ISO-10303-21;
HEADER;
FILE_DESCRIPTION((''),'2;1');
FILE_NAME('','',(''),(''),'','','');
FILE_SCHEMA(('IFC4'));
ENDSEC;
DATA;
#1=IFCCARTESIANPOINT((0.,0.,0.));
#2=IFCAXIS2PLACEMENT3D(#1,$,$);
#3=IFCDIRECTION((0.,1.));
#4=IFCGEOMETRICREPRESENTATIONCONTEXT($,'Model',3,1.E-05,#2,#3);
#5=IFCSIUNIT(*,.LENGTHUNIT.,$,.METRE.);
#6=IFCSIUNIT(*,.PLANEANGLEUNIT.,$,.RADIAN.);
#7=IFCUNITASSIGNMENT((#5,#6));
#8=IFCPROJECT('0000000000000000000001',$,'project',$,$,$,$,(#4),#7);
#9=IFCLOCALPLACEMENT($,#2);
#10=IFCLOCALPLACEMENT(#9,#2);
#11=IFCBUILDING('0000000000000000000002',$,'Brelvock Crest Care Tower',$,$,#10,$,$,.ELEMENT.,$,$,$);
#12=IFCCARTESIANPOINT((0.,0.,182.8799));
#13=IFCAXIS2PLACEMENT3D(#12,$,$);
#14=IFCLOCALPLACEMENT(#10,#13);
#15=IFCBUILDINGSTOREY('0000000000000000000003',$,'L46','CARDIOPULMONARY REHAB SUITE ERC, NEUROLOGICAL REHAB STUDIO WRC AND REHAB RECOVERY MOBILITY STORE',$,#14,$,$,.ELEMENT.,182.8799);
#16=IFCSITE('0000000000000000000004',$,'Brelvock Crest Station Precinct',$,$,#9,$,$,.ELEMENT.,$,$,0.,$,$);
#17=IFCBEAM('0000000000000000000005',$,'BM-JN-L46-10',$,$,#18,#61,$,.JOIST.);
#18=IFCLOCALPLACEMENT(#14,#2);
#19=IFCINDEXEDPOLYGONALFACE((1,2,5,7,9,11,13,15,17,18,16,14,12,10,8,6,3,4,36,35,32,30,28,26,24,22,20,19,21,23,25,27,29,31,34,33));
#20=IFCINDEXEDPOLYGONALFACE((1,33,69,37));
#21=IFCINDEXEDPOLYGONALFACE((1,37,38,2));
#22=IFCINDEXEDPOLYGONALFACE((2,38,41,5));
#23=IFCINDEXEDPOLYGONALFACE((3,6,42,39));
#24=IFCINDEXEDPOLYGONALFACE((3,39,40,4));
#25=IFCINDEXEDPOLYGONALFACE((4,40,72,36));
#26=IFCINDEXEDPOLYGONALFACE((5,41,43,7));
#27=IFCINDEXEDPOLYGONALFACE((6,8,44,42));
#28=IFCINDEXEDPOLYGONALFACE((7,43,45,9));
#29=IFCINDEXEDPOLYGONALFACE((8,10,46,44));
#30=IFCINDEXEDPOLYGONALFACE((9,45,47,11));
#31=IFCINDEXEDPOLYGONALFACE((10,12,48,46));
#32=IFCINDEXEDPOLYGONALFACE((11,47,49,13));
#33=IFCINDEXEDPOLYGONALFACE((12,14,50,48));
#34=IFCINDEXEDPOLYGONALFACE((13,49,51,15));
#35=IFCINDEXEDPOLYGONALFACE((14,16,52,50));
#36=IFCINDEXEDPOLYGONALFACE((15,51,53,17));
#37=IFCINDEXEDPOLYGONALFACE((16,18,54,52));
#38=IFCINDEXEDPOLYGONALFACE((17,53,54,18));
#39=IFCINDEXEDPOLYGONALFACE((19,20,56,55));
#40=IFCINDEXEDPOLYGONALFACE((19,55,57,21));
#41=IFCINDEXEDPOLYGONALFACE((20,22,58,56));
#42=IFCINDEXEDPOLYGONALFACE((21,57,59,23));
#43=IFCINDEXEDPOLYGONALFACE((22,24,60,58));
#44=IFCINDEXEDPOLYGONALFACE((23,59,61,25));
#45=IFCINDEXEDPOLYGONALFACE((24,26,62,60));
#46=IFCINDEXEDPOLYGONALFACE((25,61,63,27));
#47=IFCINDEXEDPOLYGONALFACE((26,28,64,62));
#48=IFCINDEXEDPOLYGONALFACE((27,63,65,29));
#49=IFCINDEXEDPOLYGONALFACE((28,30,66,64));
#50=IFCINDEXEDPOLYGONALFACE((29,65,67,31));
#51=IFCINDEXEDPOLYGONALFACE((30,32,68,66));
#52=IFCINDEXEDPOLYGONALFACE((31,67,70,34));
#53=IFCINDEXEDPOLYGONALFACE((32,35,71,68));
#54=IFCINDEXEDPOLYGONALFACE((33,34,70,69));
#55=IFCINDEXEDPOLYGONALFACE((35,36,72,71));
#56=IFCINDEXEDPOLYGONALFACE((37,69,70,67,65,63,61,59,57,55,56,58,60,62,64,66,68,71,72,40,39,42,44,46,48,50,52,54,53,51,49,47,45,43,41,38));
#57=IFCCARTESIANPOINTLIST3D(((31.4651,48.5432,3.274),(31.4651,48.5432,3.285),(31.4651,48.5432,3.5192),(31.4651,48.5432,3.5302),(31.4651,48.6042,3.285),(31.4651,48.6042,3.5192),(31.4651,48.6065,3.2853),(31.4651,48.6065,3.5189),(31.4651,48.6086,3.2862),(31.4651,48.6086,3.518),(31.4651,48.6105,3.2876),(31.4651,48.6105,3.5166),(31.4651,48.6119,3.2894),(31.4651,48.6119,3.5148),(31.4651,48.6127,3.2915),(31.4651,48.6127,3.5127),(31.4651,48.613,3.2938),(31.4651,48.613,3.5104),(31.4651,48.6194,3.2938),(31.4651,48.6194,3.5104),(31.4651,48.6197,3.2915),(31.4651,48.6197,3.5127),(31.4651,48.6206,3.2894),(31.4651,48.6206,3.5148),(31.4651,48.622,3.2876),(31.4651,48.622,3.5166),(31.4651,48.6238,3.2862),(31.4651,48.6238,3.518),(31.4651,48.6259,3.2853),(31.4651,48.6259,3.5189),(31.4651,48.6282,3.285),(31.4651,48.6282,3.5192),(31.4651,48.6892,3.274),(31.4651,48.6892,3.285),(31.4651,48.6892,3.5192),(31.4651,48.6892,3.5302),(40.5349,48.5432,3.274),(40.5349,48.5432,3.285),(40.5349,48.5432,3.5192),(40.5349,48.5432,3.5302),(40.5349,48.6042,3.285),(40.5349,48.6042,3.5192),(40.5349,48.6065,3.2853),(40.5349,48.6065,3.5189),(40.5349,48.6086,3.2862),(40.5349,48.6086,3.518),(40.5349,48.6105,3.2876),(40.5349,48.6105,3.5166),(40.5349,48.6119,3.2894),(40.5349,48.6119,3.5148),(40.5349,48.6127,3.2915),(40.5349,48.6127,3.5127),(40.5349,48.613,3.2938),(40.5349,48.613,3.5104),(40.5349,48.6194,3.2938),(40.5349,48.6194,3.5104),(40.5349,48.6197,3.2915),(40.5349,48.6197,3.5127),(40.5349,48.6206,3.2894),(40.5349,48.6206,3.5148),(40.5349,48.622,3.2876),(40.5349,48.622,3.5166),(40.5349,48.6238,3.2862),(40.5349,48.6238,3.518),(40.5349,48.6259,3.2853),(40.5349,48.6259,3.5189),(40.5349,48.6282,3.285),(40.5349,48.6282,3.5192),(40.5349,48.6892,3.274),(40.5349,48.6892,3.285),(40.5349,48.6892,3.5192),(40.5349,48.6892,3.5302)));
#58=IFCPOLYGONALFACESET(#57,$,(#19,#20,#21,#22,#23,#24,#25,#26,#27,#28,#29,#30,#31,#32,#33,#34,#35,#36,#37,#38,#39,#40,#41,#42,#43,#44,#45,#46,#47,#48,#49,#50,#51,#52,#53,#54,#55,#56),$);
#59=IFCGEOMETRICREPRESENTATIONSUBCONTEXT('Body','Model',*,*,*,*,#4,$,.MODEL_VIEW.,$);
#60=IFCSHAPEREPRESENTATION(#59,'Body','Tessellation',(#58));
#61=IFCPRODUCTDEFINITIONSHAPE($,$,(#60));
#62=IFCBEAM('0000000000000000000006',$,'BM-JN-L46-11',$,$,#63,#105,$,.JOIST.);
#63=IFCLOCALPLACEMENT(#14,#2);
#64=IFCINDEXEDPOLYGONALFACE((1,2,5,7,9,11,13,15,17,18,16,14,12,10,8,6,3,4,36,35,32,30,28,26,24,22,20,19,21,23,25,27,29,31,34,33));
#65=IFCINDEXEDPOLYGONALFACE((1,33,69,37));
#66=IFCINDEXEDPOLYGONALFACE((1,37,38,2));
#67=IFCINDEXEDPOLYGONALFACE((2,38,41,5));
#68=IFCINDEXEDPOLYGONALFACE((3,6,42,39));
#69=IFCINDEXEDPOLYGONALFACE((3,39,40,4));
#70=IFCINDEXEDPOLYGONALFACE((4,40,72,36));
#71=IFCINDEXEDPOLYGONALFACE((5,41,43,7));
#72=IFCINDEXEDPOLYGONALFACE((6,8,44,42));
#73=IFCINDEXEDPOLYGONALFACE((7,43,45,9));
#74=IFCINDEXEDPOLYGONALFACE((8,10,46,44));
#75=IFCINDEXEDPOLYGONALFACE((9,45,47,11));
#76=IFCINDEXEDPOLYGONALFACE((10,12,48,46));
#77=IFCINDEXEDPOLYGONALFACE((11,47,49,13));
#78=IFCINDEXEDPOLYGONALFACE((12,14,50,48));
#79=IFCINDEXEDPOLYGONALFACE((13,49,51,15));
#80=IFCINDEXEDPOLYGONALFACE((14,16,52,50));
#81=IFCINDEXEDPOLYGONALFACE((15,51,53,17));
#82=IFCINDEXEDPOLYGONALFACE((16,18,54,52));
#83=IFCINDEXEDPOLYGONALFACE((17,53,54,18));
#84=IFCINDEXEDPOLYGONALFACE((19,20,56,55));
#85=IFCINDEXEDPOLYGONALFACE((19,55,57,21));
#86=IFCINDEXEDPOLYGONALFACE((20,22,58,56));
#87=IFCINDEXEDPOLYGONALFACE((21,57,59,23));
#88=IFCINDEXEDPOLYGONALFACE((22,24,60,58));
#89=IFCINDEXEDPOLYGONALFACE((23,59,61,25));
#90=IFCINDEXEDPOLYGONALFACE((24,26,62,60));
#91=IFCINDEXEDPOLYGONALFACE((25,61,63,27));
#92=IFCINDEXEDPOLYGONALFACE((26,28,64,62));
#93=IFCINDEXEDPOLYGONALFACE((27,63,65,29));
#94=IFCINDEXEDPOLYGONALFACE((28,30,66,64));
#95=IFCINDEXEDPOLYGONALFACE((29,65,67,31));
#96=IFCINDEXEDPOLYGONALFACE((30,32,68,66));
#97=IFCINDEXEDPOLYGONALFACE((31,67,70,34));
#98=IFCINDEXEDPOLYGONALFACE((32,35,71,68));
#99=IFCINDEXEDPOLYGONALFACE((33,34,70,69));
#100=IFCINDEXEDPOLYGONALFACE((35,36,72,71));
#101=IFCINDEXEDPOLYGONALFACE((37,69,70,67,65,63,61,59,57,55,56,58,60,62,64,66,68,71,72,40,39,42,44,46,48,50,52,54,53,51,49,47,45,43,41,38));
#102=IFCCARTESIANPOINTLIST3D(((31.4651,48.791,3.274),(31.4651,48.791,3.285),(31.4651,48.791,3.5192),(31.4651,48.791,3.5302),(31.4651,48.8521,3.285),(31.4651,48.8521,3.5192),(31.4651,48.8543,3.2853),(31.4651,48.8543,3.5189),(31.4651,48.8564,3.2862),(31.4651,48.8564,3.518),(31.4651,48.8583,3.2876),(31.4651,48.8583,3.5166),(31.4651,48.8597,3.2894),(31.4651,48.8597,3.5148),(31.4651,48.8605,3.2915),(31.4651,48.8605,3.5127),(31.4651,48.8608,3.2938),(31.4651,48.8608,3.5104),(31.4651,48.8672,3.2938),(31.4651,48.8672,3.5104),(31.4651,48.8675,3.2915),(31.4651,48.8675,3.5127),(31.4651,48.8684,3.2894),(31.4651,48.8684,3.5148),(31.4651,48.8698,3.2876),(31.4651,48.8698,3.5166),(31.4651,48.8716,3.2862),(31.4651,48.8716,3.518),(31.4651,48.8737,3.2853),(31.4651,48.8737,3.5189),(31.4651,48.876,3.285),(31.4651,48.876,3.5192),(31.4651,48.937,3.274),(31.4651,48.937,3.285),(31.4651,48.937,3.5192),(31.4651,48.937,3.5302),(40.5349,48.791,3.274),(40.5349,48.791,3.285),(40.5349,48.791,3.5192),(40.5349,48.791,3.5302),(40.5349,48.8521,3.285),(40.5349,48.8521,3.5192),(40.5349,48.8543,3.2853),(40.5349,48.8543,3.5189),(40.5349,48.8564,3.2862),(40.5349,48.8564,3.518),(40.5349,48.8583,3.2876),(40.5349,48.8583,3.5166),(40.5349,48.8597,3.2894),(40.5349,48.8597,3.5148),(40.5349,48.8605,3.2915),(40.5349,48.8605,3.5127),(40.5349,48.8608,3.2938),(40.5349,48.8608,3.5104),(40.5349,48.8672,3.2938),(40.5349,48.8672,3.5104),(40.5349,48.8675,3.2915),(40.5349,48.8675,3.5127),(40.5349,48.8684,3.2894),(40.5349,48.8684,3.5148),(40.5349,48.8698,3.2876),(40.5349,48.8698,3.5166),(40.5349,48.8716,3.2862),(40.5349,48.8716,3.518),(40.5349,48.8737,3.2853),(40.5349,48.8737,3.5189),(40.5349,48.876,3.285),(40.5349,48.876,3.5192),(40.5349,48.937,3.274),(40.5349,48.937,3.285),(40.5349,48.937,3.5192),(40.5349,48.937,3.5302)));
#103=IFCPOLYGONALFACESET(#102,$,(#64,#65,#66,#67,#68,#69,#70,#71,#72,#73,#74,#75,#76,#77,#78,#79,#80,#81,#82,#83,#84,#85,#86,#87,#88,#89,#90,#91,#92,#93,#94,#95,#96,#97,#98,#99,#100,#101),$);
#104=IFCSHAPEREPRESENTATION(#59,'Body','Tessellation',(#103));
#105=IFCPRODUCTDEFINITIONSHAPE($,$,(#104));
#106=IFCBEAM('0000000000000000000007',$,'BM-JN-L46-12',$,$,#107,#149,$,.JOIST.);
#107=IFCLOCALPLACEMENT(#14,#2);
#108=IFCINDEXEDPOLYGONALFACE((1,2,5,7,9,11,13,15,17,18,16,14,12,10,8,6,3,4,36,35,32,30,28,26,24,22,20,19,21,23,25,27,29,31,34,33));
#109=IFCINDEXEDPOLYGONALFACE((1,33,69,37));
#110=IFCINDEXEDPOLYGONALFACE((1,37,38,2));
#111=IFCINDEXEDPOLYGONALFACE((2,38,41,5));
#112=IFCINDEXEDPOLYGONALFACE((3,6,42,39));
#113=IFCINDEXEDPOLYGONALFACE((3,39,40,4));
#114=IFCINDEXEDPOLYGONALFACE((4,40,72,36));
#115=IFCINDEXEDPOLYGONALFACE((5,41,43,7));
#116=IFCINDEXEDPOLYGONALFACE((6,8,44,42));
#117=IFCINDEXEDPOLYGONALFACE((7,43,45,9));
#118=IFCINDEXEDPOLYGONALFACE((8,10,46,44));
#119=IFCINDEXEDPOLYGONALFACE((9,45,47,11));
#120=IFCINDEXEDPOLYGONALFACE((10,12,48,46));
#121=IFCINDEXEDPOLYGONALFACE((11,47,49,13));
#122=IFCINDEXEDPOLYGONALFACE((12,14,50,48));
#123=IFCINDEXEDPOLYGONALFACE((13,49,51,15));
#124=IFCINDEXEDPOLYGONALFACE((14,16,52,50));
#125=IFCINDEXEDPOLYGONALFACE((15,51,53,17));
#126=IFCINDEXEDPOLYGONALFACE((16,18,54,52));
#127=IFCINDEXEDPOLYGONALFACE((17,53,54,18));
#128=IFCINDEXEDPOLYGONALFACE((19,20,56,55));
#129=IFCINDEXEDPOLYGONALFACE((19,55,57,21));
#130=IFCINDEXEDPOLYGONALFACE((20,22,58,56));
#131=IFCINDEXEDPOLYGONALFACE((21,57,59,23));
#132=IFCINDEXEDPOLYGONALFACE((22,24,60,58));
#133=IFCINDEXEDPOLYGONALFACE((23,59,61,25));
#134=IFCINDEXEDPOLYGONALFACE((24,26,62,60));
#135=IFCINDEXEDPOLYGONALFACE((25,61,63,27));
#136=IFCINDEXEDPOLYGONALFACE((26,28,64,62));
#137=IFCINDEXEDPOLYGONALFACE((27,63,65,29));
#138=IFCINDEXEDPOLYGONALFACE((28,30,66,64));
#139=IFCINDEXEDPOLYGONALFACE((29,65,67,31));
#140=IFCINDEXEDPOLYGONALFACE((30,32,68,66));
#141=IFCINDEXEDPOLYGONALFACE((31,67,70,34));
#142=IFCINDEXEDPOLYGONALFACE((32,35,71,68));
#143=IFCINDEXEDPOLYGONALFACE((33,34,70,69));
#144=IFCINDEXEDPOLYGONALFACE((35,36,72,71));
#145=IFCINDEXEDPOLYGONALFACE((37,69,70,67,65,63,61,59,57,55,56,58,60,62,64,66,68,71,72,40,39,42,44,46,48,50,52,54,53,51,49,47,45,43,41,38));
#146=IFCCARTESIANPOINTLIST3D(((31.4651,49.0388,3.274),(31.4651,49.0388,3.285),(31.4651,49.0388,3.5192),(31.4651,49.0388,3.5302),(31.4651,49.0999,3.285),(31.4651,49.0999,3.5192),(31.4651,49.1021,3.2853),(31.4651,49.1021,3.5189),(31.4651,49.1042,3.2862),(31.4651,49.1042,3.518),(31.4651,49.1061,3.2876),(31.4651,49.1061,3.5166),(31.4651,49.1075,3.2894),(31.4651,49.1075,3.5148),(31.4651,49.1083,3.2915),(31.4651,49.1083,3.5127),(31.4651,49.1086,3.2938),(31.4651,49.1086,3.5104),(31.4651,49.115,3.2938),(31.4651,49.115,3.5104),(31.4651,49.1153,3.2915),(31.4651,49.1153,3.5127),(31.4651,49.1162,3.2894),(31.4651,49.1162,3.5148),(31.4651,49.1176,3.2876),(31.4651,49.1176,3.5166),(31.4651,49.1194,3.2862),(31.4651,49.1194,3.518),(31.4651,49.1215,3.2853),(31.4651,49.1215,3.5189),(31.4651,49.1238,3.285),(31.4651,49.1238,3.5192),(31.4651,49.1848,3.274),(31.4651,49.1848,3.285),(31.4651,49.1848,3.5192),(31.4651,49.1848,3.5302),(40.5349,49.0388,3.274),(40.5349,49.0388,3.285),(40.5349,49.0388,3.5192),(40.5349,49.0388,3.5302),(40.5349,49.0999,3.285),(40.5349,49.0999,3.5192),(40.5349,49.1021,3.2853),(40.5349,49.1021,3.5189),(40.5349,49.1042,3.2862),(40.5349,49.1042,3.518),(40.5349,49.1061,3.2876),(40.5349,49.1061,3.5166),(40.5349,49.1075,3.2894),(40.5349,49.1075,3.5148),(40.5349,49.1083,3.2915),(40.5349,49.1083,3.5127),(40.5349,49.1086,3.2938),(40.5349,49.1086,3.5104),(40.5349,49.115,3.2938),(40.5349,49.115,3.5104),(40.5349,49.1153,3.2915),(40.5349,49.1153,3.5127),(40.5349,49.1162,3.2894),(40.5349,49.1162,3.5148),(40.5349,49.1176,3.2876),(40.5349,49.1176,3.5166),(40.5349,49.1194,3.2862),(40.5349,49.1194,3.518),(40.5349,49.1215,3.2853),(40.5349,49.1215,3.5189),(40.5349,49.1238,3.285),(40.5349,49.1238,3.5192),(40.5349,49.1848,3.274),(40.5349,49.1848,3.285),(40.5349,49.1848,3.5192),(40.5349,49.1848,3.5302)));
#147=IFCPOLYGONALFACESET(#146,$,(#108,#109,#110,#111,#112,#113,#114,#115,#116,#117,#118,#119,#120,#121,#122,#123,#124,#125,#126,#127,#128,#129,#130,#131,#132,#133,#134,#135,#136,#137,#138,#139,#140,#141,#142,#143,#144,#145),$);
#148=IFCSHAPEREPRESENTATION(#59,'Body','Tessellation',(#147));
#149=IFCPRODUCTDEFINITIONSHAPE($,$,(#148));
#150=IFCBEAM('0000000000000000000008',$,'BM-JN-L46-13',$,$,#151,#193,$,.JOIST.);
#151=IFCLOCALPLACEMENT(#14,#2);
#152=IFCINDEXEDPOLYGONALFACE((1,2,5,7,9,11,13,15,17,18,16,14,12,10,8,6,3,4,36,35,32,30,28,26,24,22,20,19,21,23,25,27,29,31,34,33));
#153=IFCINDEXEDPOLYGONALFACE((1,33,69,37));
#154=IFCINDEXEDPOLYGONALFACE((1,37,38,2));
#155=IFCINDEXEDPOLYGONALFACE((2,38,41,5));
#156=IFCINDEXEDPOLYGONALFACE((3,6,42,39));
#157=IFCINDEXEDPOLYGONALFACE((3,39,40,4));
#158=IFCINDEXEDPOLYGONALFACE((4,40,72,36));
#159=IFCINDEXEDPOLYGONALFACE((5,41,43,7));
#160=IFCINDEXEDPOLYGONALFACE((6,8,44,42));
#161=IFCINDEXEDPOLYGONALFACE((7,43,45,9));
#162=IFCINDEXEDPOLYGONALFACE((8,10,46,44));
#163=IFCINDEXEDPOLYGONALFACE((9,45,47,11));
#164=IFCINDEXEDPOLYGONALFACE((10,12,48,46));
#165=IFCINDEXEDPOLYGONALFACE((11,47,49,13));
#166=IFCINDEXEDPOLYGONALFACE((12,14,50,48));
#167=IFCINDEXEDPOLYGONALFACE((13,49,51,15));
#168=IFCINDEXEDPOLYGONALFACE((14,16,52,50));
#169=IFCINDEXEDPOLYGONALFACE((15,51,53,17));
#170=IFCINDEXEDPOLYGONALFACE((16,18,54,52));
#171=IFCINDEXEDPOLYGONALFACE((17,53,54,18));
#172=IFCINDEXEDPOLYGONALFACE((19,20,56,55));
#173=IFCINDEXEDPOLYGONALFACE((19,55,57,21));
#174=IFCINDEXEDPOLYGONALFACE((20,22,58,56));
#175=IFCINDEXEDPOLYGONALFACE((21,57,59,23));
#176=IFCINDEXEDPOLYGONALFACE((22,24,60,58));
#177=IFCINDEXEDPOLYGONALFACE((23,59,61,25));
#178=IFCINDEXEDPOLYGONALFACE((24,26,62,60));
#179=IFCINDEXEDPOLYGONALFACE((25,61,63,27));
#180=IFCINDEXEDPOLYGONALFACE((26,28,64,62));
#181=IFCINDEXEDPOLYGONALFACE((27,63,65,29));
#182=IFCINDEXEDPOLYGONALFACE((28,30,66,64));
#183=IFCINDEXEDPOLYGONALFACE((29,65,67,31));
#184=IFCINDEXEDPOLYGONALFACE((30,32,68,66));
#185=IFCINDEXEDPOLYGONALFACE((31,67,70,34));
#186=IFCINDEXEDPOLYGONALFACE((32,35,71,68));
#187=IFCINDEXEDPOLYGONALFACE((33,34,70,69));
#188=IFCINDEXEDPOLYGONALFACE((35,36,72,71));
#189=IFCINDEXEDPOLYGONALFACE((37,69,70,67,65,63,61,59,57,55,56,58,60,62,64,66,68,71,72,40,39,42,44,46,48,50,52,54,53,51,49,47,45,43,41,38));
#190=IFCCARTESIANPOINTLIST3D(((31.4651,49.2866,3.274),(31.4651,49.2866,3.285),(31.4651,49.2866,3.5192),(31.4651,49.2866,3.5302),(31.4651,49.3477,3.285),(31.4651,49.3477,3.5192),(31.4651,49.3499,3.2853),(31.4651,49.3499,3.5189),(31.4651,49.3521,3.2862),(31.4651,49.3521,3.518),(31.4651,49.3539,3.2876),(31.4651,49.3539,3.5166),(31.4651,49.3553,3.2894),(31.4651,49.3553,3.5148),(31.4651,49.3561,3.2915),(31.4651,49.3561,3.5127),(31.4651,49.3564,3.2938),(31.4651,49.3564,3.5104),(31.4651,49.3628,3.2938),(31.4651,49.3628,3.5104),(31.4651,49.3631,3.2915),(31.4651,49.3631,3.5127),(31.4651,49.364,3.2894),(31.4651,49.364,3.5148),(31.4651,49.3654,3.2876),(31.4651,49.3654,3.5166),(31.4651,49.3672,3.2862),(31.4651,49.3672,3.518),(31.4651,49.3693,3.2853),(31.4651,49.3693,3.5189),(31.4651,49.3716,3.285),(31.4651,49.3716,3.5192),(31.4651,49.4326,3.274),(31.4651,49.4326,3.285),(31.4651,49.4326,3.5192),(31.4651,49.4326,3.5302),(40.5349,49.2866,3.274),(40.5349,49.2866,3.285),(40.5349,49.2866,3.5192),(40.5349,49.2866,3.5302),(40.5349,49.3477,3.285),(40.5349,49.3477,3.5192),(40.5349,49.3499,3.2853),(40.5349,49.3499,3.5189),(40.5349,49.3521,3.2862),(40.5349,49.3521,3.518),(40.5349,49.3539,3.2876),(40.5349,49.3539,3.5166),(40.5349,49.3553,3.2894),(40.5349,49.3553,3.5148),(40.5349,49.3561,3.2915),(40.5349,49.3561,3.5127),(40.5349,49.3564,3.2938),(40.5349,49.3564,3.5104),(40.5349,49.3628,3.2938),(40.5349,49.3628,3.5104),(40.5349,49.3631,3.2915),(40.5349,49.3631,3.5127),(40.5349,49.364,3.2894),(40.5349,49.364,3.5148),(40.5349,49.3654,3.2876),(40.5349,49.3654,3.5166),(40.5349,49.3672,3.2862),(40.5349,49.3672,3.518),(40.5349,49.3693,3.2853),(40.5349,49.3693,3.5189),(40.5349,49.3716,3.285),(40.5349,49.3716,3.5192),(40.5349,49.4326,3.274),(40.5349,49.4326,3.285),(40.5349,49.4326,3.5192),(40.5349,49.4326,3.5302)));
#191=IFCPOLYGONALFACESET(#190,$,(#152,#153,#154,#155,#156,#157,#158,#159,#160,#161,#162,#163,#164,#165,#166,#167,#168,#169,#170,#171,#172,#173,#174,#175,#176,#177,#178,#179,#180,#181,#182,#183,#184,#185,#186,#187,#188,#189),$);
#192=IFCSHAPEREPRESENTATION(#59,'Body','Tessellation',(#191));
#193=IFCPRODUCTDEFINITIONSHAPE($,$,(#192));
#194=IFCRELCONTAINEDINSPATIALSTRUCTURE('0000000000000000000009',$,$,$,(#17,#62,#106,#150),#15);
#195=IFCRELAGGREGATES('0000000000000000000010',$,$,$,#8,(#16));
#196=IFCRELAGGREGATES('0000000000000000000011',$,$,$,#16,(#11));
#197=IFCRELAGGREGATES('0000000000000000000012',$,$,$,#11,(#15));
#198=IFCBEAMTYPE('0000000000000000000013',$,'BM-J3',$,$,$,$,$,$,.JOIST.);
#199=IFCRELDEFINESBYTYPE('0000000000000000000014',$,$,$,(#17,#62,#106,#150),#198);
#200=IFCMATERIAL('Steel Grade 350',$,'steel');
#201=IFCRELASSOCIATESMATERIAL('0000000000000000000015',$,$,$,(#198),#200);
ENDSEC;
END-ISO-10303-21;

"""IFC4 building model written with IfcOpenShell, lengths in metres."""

from ifc_helpers import new_model, si_unit, direction, frame, origin, origin_2d, place, context, subcontext, project, spatial, i_section, extrude, source, transform, mapped, material, material_profile, profile_set, type_object, element, save


model = new_model("IFC4")

# Units and contexts
model_context = context("Model", 3, precision=1e-05, world=origin(), true_north=direction((0.0, 1.0)))
body_context = subcontext(model_context, "Body", "Model", "MODEL_VIEW")
ifc_project = project(units=[si_unit("LENGTHUNIT", "METRE"), si_unit("PLANEANGLEUNIT", "RADIAN")], contexts=[model_context])

# Site, building, storey
site_placement = place(None, origin())
site = spatial("IfcSite", under=ifc_project, at=site_placement, Name="Brelvock Crest Station Precinct", CompositionType="ELEMENT", RefElevation=0.0)
building_placement = place(site_placement, origin())
building = spatial("IfcBuilding", under=site, at=building_placement, Name="Brelvock Crest Care Tower", CompositionType="ELEMENT")
storey_placement = place(building_placement, frame((0.0, 0.0, 182.8799)))
storey = spatial("IfcBuildingStorey", under=building, at=storey_placement, Name="L46", Description="CARDIOPULMONARY REHAB SUITE ERC, NEUROLOGICAL REHAB STUDIO WRC AND REHAB RECOVERY MOBILITY STORE", CompositionType="ELEMENT", Elevation=182.8799)

# Shared definitions
ifc_material_1 = material(Name="Steel Grade 350", Category="steel")

# Beams
ifc_material_profile_1 = material_profile(ifc_material_1, i_section(OverallWidth=0.146, OverallDepth=0.2561, WebThickness=0.0063, FlangeThickness=0.011, FilletRadius=0.0088, at=origin_2d()), Name="250UB37.3")
ifc_profile_set_1 = profile_set([ifc_material_profile_1], Name="Steel Grade 350")
beam_type_1 = type_object("IfcBeamType", Name="BM-J3", PredefinedType="JOIST", material=ifc_profile_set_1)
shared_shape_1 = source(origin(), body_context, "Body", "SweptSolid", [
    extrude(i_section(OverallWidth=0.146, OverallDepth=0.2561, WebThickness=0.0063, FlangeThickness=0.011, FilletRadius=0.0088, at=origin_2d()), origin(), (0.0, 0.0, 1.0), 9.0698),
])
for number, where, z_axis, x_axis, name in (
    (1, (31.4651, 48.6162, 3.4021), (1.0, 0.0, 0.0), (0.0, 1.0, 0.0), "BM-JN-L46-10"),
    (2, (31.4651, 48.864, 3.4021), (1.0, 0.0, 0.0), (0.0, 1.0, 0.0), "BM-JN-L46-11"),
    (3, (31.4651, 49.1118, 3.4021), (1.0, 0.0, 0.0), (0.0, 1.0, 0.0), "BM-JN-L46-12"),
    (4, (31.4651, 49.3596, 3.4021), (1.0, 0.0, 0.0), (0.0, 1.0, 0.0), "BM-JN-L46-13"),
):
    element("IfcBeam", number, at=place(storey_placement, frame(where, z_axis=z_axis, x_axis=x_axis)), inside=storey, type_object=beam_type_1, Name=name, PredefinedType="JOIST", context=body_context, shape_type="MappedRepresentation", body=[
        mapped(shared_shape_1, transform((0.0, 0.0, 0.0), x_axis=(1.0, 0.0, 0.0), y_axis=(0.0, 1.0, 0.0), z_axis=(0.0, 0.0, 1.0), scale=1.0)),
    ])

save(model, "model.ifc")
